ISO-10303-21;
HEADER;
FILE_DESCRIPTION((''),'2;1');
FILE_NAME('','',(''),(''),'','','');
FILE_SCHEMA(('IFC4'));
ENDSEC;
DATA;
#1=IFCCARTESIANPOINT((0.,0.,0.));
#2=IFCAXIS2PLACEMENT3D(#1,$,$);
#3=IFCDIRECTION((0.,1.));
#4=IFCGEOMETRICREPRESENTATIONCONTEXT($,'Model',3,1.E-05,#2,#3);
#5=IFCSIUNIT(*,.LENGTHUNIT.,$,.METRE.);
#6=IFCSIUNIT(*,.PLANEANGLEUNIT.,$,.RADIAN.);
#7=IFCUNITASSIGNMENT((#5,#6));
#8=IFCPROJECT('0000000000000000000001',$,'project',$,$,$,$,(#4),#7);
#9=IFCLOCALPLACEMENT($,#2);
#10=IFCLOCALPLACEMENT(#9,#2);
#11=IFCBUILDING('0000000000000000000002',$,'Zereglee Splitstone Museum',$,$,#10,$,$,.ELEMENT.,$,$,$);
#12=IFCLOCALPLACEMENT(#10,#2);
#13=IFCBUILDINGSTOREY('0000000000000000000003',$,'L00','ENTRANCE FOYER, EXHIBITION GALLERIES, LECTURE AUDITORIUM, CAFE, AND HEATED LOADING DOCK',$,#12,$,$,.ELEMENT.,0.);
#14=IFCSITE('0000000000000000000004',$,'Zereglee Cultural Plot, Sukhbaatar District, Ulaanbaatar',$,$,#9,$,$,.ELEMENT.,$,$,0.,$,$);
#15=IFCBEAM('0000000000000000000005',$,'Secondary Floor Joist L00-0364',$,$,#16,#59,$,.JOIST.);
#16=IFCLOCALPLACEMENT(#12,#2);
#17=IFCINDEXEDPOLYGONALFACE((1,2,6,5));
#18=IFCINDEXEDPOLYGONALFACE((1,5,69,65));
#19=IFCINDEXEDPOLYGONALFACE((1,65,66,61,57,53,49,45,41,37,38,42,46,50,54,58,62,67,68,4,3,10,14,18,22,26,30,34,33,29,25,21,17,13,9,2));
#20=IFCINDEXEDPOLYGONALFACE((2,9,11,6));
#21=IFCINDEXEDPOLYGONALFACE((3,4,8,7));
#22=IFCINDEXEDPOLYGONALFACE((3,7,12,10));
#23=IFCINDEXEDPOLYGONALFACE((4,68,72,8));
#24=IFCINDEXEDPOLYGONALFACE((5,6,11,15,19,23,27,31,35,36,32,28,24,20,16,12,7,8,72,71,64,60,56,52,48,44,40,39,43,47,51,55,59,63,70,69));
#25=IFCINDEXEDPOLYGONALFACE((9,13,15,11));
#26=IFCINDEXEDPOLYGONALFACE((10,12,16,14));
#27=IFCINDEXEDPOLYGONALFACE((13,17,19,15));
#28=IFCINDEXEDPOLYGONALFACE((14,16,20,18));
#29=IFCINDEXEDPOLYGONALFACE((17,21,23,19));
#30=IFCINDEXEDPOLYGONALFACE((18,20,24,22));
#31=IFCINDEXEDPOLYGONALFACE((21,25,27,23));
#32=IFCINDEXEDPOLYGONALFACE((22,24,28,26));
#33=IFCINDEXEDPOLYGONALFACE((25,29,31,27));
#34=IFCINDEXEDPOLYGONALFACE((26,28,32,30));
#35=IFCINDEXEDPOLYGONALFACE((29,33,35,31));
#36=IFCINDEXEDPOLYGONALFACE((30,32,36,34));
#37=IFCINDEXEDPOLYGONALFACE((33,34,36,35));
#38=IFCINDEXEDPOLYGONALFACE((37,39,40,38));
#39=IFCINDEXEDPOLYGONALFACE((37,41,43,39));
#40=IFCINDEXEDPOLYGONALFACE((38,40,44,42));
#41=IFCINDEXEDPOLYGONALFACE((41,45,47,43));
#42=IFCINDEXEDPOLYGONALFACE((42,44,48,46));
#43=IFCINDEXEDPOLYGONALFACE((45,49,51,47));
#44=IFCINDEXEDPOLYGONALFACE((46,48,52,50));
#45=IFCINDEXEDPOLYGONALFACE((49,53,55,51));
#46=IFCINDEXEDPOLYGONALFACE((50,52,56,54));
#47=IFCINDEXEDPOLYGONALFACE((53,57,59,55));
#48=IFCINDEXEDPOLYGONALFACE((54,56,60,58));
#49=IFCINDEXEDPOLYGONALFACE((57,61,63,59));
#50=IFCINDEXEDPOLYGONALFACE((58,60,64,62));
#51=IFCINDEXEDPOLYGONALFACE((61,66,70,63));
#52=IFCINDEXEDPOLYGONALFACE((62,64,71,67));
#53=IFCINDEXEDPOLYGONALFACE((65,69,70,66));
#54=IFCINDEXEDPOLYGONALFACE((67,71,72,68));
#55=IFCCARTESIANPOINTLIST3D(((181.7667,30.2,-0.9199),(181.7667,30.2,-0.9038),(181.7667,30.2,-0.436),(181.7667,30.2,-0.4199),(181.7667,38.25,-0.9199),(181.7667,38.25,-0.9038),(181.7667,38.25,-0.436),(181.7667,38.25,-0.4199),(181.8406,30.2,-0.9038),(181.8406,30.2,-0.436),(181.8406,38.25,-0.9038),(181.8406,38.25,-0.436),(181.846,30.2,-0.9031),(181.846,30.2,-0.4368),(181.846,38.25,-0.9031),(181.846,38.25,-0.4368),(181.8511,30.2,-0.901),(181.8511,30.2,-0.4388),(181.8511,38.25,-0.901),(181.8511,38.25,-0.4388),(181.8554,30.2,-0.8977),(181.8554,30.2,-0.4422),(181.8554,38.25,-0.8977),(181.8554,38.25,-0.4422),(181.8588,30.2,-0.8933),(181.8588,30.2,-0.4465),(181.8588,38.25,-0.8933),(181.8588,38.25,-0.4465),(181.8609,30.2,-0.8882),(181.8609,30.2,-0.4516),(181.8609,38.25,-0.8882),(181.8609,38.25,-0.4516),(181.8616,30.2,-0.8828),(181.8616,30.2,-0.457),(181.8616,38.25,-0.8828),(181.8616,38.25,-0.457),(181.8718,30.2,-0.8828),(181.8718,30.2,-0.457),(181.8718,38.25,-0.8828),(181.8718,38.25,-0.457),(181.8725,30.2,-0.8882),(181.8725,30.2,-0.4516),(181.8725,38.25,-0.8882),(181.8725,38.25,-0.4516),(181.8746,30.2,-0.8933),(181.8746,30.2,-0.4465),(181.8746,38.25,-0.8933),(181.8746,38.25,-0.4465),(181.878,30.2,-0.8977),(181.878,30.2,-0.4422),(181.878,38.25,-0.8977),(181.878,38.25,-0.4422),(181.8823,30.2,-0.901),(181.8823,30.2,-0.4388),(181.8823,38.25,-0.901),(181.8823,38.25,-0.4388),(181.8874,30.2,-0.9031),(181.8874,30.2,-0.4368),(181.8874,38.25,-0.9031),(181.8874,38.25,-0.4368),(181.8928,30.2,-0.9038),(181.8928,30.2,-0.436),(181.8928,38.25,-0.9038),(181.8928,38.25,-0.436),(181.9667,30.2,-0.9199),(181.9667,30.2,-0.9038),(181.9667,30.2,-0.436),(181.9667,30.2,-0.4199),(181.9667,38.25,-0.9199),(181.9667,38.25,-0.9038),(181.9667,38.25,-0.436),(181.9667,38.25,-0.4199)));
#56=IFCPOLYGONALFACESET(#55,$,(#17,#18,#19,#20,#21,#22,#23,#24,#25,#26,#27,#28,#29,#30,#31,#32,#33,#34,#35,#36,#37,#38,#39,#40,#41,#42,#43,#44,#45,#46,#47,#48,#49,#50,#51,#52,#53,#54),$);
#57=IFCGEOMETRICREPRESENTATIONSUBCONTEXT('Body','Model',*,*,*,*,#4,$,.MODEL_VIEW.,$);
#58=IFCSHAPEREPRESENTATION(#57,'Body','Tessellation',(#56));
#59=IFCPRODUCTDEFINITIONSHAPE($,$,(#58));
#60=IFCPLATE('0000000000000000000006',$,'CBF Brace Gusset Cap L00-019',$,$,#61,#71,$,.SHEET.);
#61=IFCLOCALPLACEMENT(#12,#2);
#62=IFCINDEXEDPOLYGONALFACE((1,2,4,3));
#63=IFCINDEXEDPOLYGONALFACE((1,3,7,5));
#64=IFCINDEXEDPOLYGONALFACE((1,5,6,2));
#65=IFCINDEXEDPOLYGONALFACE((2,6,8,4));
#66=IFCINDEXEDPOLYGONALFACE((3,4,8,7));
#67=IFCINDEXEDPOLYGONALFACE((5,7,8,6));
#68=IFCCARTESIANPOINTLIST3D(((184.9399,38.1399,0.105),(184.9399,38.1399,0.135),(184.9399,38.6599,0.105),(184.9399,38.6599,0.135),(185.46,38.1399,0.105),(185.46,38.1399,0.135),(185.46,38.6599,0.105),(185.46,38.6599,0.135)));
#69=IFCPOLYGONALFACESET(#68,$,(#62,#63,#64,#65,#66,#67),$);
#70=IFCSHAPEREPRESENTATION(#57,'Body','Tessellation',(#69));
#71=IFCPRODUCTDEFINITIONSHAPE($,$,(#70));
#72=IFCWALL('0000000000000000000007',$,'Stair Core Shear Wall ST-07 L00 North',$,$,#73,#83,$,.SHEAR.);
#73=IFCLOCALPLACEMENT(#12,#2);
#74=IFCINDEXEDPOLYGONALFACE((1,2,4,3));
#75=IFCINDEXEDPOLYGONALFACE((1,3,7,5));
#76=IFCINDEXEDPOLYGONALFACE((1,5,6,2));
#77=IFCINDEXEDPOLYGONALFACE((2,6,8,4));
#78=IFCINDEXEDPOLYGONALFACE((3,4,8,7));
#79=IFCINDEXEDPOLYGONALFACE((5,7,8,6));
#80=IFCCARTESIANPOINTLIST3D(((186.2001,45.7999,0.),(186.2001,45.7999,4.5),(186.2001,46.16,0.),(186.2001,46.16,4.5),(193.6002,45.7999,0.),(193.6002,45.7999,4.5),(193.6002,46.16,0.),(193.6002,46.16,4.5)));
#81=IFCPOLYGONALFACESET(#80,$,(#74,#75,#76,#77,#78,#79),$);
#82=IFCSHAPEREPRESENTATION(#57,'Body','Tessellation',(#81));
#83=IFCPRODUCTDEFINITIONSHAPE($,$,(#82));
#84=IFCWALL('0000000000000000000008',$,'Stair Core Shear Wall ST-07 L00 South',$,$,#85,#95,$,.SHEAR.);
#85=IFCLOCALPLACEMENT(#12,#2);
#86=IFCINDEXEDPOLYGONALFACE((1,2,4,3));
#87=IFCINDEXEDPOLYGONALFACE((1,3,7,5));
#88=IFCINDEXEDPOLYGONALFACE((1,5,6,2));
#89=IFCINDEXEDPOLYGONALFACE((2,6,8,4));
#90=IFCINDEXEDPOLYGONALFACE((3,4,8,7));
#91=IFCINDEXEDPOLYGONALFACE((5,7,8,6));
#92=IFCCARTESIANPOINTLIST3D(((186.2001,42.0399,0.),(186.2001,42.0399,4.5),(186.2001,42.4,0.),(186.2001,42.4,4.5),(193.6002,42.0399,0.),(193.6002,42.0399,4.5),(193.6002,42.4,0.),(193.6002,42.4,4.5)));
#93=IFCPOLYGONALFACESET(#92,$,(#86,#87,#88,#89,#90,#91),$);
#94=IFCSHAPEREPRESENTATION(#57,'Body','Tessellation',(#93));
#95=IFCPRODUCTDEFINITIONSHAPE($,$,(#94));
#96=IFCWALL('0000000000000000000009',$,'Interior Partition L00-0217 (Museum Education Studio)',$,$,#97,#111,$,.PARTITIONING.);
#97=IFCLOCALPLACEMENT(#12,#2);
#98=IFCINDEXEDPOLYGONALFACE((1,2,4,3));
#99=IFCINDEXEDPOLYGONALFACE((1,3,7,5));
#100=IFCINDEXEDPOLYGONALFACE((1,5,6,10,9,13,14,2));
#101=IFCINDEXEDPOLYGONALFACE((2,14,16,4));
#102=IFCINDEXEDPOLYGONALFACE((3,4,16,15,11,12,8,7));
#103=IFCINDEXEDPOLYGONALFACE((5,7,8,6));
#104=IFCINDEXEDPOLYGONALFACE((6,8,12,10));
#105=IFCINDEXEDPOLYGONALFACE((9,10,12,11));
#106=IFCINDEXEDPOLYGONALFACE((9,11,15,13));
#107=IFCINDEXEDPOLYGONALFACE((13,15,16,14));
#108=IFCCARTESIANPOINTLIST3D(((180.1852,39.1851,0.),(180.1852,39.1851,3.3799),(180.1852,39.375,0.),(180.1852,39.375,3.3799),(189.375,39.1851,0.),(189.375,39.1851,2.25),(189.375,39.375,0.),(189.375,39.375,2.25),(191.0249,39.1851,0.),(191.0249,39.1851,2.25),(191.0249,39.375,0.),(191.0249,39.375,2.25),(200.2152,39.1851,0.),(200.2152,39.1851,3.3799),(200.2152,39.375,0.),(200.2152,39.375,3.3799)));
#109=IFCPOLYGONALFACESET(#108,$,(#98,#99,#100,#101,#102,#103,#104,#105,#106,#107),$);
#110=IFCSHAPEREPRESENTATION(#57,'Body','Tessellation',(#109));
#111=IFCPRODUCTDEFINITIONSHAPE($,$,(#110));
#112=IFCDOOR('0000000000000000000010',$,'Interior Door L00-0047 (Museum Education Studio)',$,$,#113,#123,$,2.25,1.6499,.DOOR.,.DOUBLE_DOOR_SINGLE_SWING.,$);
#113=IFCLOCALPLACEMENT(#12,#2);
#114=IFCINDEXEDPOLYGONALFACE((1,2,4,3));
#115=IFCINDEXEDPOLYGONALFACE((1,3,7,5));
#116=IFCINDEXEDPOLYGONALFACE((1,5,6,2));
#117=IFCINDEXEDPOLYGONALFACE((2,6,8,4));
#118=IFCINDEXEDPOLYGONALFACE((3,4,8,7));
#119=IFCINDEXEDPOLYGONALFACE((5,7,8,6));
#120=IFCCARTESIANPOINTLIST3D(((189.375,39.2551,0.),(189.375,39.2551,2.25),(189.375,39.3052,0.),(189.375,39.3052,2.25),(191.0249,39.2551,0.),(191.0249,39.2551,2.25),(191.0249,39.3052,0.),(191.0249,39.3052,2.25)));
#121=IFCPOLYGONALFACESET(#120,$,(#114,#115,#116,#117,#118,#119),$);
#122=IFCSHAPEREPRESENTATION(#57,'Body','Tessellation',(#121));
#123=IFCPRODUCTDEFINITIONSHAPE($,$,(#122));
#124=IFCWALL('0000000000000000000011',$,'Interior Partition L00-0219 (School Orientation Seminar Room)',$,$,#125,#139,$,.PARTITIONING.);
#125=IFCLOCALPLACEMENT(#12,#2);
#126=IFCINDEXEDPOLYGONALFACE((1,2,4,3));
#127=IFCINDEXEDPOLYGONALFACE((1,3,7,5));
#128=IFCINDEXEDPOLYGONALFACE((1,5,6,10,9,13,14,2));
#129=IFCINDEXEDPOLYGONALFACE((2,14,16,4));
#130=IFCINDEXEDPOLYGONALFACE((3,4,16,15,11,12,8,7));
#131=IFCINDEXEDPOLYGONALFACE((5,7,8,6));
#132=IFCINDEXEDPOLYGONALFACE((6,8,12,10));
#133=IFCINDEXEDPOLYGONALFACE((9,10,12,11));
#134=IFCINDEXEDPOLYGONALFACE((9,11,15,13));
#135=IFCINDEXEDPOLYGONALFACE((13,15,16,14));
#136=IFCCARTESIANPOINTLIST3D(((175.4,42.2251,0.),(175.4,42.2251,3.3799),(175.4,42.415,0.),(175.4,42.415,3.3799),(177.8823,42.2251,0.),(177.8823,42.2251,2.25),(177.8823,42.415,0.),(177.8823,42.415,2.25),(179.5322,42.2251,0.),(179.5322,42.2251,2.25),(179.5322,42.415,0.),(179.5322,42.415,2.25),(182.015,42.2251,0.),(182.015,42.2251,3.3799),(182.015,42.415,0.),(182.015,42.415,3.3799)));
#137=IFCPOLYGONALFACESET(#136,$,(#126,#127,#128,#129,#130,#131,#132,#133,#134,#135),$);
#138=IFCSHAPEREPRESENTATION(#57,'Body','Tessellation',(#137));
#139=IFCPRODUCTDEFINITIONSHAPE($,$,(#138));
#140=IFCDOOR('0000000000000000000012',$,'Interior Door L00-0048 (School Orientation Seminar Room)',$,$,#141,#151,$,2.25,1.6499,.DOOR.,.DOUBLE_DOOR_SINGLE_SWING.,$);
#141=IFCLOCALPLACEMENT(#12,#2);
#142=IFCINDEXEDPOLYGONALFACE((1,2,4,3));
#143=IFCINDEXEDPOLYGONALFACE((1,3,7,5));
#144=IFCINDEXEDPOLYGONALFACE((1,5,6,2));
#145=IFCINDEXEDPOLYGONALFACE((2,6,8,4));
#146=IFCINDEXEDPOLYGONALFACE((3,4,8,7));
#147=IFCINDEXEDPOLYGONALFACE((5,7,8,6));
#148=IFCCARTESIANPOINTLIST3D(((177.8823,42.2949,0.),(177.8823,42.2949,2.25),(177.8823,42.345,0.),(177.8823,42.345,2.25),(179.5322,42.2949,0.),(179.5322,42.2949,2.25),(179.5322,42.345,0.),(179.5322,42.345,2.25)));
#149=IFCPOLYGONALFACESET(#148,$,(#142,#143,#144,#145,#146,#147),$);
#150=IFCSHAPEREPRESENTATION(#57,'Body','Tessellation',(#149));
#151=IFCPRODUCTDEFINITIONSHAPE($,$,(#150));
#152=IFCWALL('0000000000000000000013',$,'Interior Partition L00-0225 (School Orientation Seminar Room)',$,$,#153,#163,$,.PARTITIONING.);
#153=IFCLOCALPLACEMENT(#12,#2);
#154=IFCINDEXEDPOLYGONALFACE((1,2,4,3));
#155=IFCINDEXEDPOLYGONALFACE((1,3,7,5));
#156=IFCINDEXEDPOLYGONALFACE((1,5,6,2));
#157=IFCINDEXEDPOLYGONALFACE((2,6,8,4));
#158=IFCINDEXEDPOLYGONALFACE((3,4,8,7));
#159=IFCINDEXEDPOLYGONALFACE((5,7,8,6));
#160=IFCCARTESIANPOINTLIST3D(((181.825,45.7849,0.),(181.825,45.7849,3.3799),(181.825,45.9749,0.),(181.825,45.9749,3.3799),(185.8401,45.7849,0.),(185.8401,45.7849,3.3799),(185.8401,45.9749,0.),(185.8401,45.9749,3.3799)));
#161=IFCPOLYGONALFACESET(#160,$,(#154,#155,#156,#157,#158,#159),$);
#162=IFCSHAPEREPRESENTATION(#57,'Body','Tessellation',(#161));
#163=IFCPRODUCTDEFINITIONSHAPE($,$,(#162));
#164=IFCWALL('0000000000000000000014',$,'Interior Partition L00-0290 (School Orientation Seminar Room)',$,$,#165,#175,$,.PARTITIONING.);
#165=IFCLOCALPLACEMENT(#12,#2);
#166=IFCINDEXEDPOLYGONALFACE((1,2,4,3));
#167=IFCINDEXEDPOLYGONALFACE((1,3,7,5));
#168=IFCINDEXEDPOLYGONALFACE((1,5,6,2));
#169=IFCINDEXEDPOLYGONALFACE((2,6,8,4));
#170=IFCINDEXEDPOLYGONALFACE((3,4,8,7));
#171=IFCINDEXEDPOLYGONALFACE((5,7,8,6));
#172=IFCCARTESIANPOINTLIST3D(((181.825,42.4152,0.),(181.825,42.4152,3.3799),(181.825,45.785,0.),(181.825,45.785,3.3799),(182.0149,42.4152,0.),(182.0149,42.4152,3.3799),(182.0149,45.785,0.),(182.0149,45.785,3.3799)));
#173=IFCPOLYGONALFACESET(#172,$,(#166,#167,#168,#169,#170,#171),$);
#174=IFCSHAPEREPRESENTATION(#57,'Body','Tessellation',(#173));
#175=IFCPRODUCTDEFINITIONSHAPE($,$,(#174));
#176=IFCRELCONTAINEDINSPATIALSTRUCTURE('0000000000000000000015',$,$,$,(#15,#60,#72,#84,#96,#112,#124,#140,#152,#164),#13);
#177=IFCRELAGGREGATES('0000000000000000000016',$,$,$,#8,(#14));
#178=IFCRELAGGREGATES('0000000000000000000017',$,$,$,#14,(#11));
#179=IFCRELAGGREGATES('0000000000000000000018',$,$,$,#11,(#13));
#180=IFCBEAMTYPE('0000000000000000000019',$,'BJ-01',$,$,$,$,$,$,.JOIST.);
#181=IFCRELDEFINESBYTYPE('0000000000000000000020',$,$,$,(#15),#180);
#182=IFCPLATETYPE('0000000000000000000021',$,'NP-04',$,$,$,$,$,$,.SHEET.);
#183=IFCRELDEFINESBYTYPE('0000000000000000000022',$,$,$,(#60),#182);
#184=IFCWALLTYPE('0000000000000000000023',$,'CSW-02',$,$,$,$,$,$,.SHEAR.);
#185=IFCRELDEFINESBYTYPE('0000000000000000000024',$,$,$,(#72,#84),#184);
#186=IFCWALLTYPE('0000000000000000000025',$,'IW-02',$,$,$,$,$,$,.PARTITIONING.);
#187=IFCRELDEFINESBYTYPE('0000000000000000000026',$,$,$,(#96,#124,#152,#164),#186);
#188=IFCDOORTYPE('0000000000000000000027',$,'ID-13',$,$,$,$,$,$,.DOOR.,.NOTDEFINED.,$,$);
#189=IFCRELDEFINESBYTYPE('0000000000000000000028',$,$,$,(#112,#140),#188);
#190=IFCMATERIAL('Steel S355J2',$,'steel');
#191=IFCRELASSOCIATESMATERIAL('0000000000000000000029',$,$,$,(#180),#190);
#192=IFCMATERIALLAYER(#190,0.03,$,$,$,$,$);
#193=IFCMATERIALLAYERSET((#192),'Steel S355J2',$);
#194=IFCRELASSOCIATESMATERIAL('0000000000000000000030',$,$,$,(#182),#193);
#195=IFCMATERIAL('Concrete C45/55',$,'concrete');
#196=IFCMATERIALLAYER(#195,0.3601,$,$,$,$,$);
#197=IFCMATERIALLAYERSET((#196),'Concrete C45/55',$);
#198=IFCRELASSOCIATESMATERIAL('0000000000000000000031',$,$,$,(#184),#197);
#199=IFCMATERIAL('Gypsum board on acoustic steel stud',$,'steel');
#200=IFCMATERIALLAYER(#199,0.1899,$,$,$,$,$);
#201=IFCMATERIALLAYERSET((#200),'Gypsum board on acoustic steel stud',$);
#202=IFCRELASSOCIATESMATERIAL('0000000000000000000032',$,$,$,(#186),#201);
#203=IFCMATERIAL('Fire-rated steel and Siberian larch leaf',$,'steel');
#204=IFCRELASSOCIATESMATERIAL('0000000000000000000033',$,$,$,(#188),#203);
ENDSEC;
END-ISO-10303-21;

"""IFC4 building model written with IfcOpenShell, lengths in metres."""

from ifc_helpers import new_model, si_unit, direction, frame, frame_2d, origin, origin_2d, place, context, subcontext, project, spatial, rectangle, i_section, extrude, material, layer, layer_set, material_profile, profile_set, type_object, element, fill, save


model = new_model("IFC4")

# Units and contexts
model_context = context("Model", 3, precision=1e-05, world=origin(), true_north=direction((0.0, 1.0)))
body_context = subcontext(model_context, "Body", "Model", "MODEL_VIEW")
ifc_project = project(units=[si_unit("LENGTHUNIT", "METRE"), si_unit("PLANEANGLEUNIT", "RADIAN")], contexts=[model_context])

# Site, building, storey
site_placement = place(None, origin())
site = spatial("IfcSite", under=ifc_project, at=site_placement, Name="Zereglee Cultural Plot, Sukhbaatar District, Ulaanbaatar", CompositionType="ELEMENT", RefElevation=0.0)
building_placement = place(site_placement, origin())
building = spatial("IfcBuilding", under=site, at=building_placement, Name="Zereglee Splitstone Museum", CompositionType="ELEMENT")
storey_placement = place(building_placement, origin())
storey = spatial("IfcBuildingStorey", under=building, at=storey_placement, Name="L00", Description="ENTRANCE FOYER, EXHIBITION GALLERIES, LECTURE AUDITORIUM, CAFE, AND HEATED LOADING DOCK", CompositionType="ELEMENT", Elevation=0.0)

# Shared definitions
ifc_material_1 = material(Name="Concrete C45/55", Category="concrete")

# Beam
ifc_material_2 = material(Name="Steel S355J2", Category="steel")
ifc_material_profile_1 = material_profile(ifc_material_2, i_section(OverallWidth=0.2, OverallDepth=0.5, WebThickness=0.0103, FlangeThickness=0.0161, FilletRadius=0.021, at=origin_2d()), Name="IPE 500")
ifc_profile_set_1 = profile_set([ifc_material_profile_1], Name="Steel S355J2")
beam_type_1 = type_object("IfcBeamType", Name="BJ-01", PredefinedType="JOIST", material=ifc_profile_set_1)
beam_1_placement = place(storey_placement, frame((181.8667, 30.2, -0.6699), z_axis=(0.0, 1.0, 0.0), x_axis=(-1.0, 0.0, 0.0)))
element("IfcBeam", 1, at=beam_1_placement, inside=storey, type_object=beam_type_1, Name="Secondary Floor Joist L00-0364", PredefinedType="JOIST", context=body_context, shape_type="SweptSolid", body=[
    extrude(i_section(OverallWidth=0.2, OverallDepth=0.5, WebThickness=0.0103, FlangeThickness=0.0161, FilletRadius=0.021, at=origin_2d()), origin(), (0.0, 0.0, 1.0), 8.05),
])

# Plate
ifc_layer_1 = layer(ifc_material_2, 0.03)
ifc_layer_set_1 = layer_set([ifc_layer_1], Name="Steel S355J2")
plate_type = type_object("IfcPlateType", Name="NP-04", PredefinedType="SHEET", material=ifc_layer_set_1)
plate_placement = place(storey_placement, frame((185.2, 38.3999, 0.105), z_axis=(0.0, 0.0, 1.0), x_axis=(1.0, 0.0, 0.0)))
element("IfcPlate", 2, at=plate_placement, inside=storey, type_object=plate_type, Name="CBF Brace Gusset Cap L00-019", PredefinedType="SHEET", context=body_context, shape_type="SweptSolid", body=[
    extrude(rectangle(XDim=0.52, YDim=0.52, at=origin_2d()), origin(), (0.0, 0.0, 1.0), 0.03),
])

# Shared definitions
ifc_layer_2 = layer(ifc_material_1, 0.3601)
ifc_layer_set_2 = layer_set([ifc_layer_2], Name="Concrete C45/55")
wall_type_1 = type_object("IfcWallType", Name="CSW-02", PredefinedType="SHEAR", material=ifc_layer_set_2)
ifc_material_3 = material(Name="Fire-rated steel and Siberian larch leaf", Category="steel")

# Walls
for number, where, z_axis, x_axis, name in (
    (3, (186.2, 45.98, 0.0), (0.0, 0.0, 1.0), (1.0, 0.0, 0.0), "Stair Core Shear Wall ST-07 L00 North"),
    (4, (186.2, 42.22, 0.0), (0.0, 0.0, 1.0), (1.0, 0.0, 0.0), "Stair Core Shear Wall ST-07 L00 South"),
):
    element("IfcWall", number, at=place(storey_placement, frame(where, z_axis=z_axis, x_axis=x_axis)), inside=storey, type_object=wall_type_1, Name=name, PredefinedType="SHEAR", context=body_context, shape_type="SweptSolid", body=[
        extrude(rectangle(XDim=7.4001, YDim=0.3601, at=frame_2d((3.7002, 0.0))), origin(), (0.0, 0.0, 1.0), 4.5),
    ])

# Walls, openings, doors
ifc_material_4 = material(Name="Gypsum board on acoustic steel stud", Category="steel")
ifc_layer_3 = layer(ifc_material_4, 0.1899)
ifc_layer_set_3 = layer_set([ifc_layer_3], Name="Gypsum board on acoustic steel stud")
wall_type_2 = type_object("IfcWallType", Name="IW-02", PredefinedType="PARTITIONING", material=ifc_layer_set_3)
wall_1_placement = place(storey_placement, frame((180.1851, 39.28, 0.0), z_axis=(0.0, 0.0, 1.0), x_axis=(1.0, 0.0, 0.0)))
wall_1 = element("IfcWall", 5, at=wall_1_placement, inside=storey, type_object=wall_type_2, Name="Interior Partition L00-0217 (Museum Education Studio)", PredefinedType="PARTITIONING", context=body_context, shape_type="SweptSolid", body=[
    extrude(rectangle(XDim=20.03, YDim=0.1899, at=frame_2d((10.0151, 0.0))), origin(), (0.0, 0.0, 1.0), 3.3799),
])
opening_1_placement = place(wall_1_placement, frame((9.1899, 0.0, 0.0)))
opening_1 = element("IfcOpeningElement", 6, at=opening_1_placement, cuts=wall_1, PredefinedType="OPENING", context=body_context, shape_type="SweptSolid", body=[
    extrude(rectangle(XDim=1.6499, YDim=2.25, at=frame_2d((0.825, 1.125))), frame((0.0, 0.1099, 0.0), z_axis=(0.0, -1.0, 0.0), x_axis=(1.0, 0.0, 0.0)), (0.0, 0.0, 1.0), 0.2197),
])
door_type_1 = type_object("IfcDoorType", Name="ID-13", OperationType="NOTDEFINED", PredefinedType="DOOR", material=ifc_material_3)
door_1_placement = place(opening_1_placement, frame((1.6499, 0.0, 0.0), z_axis=(0.0, 0.0, 1.0), x_axis=(-1.0, 0.0, 0.0)))
door_1 = element("IfcDoor", 7, at=door_1_placement, inside=storey, type_object=door_type_1, Name="Interior Door L00-0047 (Museum Education Studio)", OperationType="DOUBLE_DOOR_SINGLE_SWING", OverallHeight=2.25, OverallWidth=1.6499, PredefinedType="DOOR", context=body_context, shape_type="SweptSolid", body=[
    extrude(rectangle(XDim=1.6499, YDim=2.25, at=frame_2d((0.825, 1.125))), frame((0.0, 0.0249, 0.0), z_axis=(0.0, -1.0, 0.0), x_axis=(1.0, 0.0, 0.0)), (0.0, 0.0, 1.0), 0.05),
])
fill(opening_1, door_1)
wall_2_placement = place(storey_placement, frame((175.3999, 42.3201, 0.0), z_axis=(0.0, 0.0, 1.0), x_axis=(1.0, 0.0, 0.0)))
wall_2 = element("IfcWall", 8, at=wall_2_placement, inside=storey, type_object=wall_type_2, Name="Interior Partition L00-0219 (School Orientation Seminar Room)", PredefinedType="PARTITIONING", context=body_context, shape_type="SweptSolid", body=[
    extrude(rectangle(XDim=6.615, YDim=0.1899, at=frame_2d((3.3076, 0.0))), origin(), (0.0, 0.0, 1.0), 3.3799),
])
opening_2_placement = place(wall_2_placement, frame((2.4824, 0.0, 0.0)))
opening_2 = element("IfcOpeningElement", 9, at=opening_2_placement, cuts=wall_2, PredefinedType="OPENING", context=body_context, shape_type="SweptSolid", body=[
    extrude(rectangle(XDim=1.6499, YDim=2.25, at=frame_2d((0.825, 1.125))), frame((0.0, 0.1099, 0.0), z_axis=(0.0, -1.0, 0.0), x_axis=(1.0, 0.0, 0.0)), (0.0, 0.0, 1.0), 0.2197),
])
door_2_placement = place(opening_2_placement, origin())
door_2 = element("IfcDoor", 10, at=door_2_placement, inside=storey, type_object=door_type_1, Name="Interior Door L00-0048 (School Orientation Seminar Room)", OperationType="DOUBLE_DOOR_SINGLE_SWING", OverallHeight=2.25, OverallWidth=1.6499, PredefinedType="DOOR", context=body_context, shape_type="SweptSolid", body=[
    extrude(rectangle(XDim=1.6499, YDim=2.25, at=frame_2d((0.825, 1.125))), frame((0.0, 0.0249, 0.0), z_axis=(0.0, -1.0, 0.0), x_axis=(1.0, 0.0, 0.0)), (0.0, 0.0, 1.0), 0.05),
])
fill(opening_2, door_2)

# Walls
wall_3_placement = place(storey_placement, frame((181.825, 45.8799, 0.0), z_axis=(0.0, 0.0, 1.0), x_axis=(1.0, 0.0, 0.0)))
element("IfcWall", 11, at=wall_3_placement, inside=storey, type_object=wall_type_2, Name="Interior Partition L00-0225 (School Orientation Seminar Room)", PredefinedType="PARTITIONING", context=body_context, shape_type="SweptSolid", body=[
    extrude(rectangle(XDim=4.0151, YDim=0.1899, at=frame_2d((2.0076, 0.0))), origin(), (0.0, 0.0, 1.0), 3.3799),
])
wall_4_placement = place(storey_placement, frame((181.9199, 42.415, 0.0), z_axis=(0.0, 0.0, 1.0), x_axis=(0.0, 1.0, 0.0)))
element("IfcWall", 12, at=wall_4_placement, inside=storey, type_object=wall_type_2, Name="Interior Partition L00-0290 (School Orientation Seminar Room)", PredefinedType="PARTITIONING", context=body_context, shape_type="SweptSolid", body=[
    extrude(rectangle(XDim=3.3699, YDim=0.1899, at=frame_2d((1.6851, 0.0))), origin(), (0.0, 0.0, 1.0), 3.3799),
])

save(model, "model.ifc")
